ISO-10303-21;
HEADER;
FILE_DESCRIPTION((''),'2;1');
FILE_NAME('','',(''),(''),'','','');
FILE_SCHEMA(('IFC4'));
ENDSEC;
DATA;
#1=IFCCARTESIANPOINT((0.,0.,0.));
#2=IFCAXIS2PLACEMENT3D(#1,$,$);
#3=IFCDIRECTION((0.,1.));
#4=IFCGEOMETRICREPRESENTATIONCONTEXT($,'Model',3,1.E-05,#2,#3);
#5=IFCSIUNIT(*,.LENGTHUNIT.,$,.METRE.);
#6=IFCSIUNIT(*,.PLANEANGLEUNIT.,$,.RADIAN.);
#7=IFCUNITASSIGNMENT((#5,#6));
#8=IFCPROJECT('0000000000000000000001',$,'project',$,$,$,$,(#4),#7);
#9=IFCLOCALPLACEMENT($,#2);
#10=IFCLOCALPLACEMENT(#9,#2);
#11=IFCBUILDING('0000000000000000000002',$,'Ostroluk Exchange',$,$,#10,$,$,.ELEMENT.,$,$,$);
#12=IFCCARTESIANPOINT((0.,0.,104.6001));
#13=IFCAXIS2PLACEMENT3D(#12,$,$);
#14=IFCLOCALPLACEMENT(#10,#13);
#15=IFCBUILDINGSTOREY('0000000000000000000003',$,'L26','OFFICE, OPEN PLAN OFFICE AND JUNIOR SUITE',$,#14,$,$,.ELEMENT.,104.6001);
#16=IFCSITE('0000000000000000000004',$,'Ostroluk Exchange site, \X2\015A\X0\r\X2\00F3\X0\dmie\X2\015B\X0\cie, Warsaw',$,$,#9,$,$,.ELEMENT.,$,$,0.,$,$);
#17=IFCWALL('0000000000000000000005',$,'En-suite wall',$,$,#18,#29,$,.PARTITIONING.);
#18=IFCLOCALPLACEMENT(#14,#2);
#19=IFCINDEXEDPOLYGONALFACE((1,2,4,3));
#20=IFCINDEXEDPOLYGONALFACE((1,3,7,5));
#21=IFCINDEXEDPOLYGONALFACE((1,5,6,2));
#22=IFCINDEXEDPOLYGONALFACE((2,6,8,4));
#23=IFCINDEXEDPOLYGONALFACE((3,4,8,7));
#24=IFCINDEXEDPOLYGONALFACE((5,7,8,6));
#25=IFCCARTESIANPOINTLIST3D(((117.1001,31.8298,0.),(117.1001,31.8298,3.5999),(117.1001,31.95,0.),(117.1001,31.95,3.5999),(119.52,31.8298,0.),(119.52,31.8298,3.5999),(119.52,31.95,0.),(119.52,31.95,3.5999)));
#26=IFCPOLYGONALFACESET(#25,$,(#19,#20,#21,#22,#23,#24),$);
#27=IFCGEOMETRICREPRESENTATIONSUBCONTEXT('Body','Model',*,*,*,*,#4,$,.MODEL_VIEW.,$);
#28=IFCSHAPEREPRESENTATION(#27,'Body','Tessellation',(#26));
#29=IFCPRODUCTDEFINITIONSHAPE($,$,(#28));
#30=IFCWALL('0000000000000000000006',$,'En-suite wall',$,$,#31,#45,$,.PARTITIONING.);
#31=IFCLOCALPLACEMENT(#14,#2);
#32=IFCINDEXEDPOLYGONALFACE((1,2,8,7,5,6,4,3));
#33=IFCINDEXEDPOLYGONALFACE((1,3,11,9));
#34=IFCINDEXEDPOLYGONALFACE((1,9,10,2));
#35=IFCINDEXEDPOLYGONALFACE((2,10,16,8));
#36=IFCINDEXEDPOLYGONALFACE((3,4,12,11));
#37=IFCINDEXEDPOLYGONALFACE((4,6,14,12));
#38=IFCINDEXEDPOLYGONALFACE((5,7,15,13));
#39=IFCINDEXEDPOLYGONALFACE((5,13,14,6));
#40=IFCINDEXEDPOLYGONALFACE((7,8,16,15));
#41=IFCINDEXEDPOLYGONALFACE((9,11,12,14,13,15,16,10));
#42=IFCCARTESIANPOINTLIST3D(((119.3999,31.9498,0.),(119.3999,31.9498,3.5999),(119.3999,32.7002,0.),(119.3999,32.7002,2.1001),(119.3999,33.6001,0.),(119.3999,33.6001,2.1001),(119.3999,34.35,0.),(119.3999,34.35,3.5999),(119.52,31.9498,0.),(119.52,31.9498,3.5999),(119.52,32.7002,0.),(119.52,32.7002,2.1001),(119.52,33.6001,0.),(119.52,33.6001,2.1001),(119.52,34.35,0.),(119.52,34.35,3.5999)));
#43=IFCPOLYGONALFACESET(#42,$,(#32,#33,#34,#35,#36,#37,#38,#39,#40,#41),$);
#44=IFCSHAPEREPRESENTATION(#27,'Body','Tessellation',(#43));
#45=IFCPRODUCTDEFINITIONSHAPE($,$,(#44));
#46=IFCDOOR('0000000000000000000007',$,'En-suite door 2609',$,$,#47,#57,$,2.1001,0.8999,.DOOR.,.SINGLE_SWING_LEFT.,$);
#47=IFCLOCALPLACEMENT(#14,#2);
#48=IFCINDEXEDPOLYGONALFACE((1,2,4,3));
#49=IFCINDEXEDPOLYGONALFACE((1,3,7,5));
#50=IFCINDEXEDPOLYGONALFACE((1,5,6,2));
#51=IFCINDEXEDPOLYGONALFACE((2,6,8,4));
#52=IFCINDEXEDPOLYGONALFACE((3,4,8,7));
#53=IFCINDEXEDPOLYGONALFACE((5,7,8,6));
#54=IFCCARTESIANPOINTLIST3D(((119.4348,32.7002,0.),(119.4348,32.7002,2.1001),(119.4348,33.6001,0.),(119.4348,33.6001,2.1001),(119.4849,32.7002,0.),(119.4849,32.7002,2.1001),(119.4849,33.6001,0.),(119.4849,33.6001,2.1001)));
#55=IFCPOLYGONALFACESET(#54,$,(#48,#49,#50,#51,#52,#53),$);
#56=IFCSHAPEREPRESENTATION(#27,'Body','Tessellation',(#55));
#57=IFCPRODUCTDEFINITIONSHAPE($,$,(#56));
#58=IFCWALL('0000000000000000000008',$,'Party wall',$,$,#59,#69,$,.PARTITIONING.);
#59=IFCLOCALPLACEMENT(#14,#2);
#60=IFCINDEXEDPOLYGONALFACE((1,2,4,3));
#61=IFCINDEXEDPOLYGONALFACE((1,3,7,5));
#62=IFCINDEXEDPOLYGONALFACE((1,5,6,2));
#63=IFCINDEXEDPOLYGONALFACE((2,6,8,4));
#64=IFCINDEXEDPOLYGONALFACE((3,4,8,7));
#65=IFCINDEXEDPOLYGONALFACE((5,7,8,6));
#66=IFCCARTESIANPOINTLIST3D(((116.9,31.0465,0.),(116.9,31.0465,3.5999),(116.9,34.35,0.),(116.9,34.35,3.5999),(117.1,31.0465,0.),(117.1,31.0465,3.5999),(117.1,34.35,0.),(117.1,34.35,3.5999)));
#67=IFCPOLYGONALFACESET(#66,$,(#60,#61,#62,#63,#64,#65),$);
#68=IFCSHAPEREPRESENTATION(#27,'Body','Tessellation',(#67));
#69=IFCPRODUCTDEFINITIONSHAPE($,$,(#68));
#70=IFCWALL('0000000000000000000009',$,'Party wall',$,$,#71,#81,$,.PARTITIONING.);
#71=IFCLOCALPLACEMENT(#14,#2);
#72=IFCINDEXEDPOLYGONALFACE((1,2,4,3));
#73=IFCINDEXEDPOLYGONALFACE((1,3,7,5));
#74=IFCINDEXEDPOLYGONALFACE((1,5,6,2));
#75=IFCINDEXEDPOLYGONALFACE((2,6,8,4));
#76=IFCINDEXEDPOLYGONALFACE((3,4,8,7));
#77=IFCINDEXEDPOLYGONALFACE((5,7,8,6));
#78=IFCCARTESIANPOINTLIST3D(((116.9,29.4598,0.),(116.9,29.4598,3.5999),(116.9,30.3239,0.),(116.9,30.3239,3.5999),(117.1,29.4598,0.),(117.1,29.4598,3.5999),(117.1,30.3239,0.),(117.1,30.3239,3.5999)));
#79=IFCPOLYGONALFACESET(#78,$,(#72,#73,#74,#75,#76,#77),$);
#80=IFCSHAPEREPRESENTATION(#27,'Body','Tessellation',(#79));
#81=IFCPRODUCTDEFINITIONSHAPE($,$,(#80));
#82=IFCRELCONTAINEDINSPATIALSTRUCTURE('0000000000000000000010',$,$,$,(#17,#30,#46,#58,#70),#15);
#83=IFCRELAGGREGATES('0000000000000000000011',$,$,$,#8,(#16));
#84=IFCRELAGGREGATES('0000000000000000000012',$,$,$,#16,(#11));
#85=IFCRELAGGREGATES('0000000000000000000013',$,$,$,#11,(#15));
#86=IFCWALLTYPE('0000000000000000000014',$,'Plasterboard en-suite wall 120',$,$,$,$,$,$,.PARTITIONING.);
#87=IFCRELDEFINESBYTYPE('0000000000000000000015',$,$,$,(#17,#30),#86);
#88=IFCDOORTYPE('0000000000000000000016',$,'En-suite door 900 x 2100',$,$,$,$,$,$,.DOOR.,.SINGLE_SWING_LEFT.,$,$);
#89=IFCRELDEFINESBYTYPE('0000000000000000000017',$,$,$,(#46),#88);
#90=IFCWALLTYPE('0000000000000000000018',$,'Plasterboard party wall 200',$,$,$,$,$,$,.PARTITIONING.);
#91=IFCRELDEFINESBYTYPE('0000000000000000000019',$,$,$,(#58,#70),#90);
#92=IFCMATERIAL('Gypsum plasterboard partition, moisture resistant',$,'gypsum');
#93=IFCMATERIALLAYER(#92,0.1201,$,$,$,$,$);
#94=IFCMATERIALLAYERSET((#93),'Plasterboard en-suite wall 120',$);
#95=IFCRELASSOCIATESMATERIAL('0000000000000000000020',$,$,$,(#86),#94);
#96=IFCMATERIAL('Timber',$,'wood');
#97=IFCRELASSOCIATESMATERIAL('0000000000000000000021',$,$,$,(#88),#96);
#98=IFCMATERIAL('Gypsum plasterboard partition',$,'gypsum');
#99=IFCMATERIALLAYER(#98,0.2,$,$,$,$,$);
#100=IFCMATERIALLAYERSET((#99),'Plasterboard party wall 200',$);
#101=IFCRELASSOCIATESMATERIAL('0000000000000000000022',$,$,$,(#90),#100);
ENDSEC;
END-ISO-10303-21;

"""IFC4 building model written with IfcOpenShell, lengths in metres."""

from ifc_helpers import new_model, si_unit, direction, frame, frame_2d, origin, place, context, subcontext, project, spatial, rectangle, extrude, material, layer, layer_set, type_object, element, fill, save


model = new_model("IFC4")

# Units and contexts
model_context = context("Model", 3, precision=1e-05, world=origin(), true_north=direction((0.0, 1.0)))
body_context = subcontext(model_context, "Body", "Model", "MODEL_VIEW")
ifc_project = project(units=[si_unit("LENGTHUNIT", "METRE"), si_unit("PLANEANGLEUNIT", "RADIAN")], contexts=[model_context])

# Site, building, storey
site_placement = place(None, origin())
site = spatial("IfcSite", under=ifc_project, at=site_placement, Name="Ostroluk Exchange site, Śródmieście, Warsaw", CompositionType="ELEMENT", RefElevation=0.0)
building_placement = place(site_placement, origin())
building = spatial("IfcBuilding", under=site, at=building_placement, Name="Ostroluk Exchange", CompositionType="ELEMENT")
storey_placement = place(building_placement, frame((0.0, 0.0, 104.6001)))
storey = spatial("IfcBuildingStorey", under=building, at=storey_placement, Name="L26", Description="OFFICE, OPEN PLAN OFFICE AND JUNIOR SUITE", CompositionType="ELEMENT", Elevation=104.6001)

# Wall
ifc_material_1 = material(Name="Gypsum plasterboard partition, moisture resistant", Category="gypsum")
ifc_layer_1 = layer(ifc_material_1, 0.1201)
ifc_layer_set_1 = layer_set([ifc_layer_1], Name="Plasterboard en-suite wall 120")
wall_type_1 = type_object("IfcWallType", Name="Plasterboard en-suite wall 120", PredefinedType="PARTITIONING", material=ifc_layer_set_1)
wall_1_placement = place(storey_placement, frame((117.1001, 31.8899, 0.0), z_axis=(0.0, 0.0, 1.0), x_axis=(1.0, 0.0, 0.0)))
element("IfcWall", 1, at=wall_1_placement, inside=storey, type_object=wall_type_1, Name="En-suite wall", PredefinedType="PARTITIONING", context=body_context, shape_type="SweptSolid", body=[
    extrude(rectangle(XDim=2.4199, YDim=0.1201, at=frame_2d((1.21, 0.0))), origin(), (0.0, 0.0, 1.0), 3.5999),
])

# Wall, opening, door
wall_2_placement = place(storey_placement, frame((119.46, 34.3501, 0.0), z_axis=(0.0, 0.0, 1.0), x_axis=(0.0, -1.0, 0.0)))
wall_2 = element("IfcWall", 2, at=wall_2_placement, inside=storey, type_object=wall_type_1, Name="En-suite wall", PredefinedType="PARTITIONING", context=body_context, shape_type="SweptSolid", body=[
    extrude(rectangle(XDim=2.4001, YDim=0.1201, at=frame_2d((1.2002, 0.0))), origin(), (0.0, 0.0, 1.0), 3.5999),
])
opening_placement = place(wall_2_placement, frame((0.75, 0.0, 0.0)))
opening = element("IfcOpeningElement", 3, at=opening_placement, cuts=wall_2, PredefinedType="OPENING", context=body_context, shape_type="SweptSolid", body=[
    extrude(rectangle(XDim=0.8999, YDim=2.1001, at=frame_2d((0.45, 1.05))), frame((0.0, 0.0701, 0.0), z_axis=(0.0, -1.0, 0.0), x_axis=(1.0, 0.0, 0.0)), (0.0, 0.0, 1.0), 0.1401),
])
ifc_material_2 = material(Name="Timber", Category="wood")
door_type = type_object("IfcDoorType", Name="En-suite door 900 x 2100", OperationType="SINGLE_SWING_LEFT", PredefinedType="DOOR", material=ifc_material_2)
door_placement = place(opening_placement, origin())
door = element("IfcDoor", 4, at=door_placement, inside=storey, type_object=door_type, Name="En-suite door 2609", OperationType="SINGLE_SWING_LEFT", OverallHeight=2.1001, OverallWidth=0.8999, PredefinedType="DOOR", context=body_context, shape_type="SweptSolid", body=[
    extrude(rectangle(XDim=0.8999, YDim=2.1001, at=frame_2d((0.45, 1.05))), frame((0.0, 0.0249, 0.0), z_axis=(0.0, -1.0, 0.0), x_axis=(1.0, 0.0, 0.0)), (0.0, 0.0, 1.0), 0.05),
])
fill(opening, door)

# Walls
ifc_material_3 = material(Name="Gypsum plasterboard partition", Category="gypsum")
ifc_layer_2 = layer(ifc_material_3, 0.2)
ifc_layer_set_2 = layer_set([ifc_layer_2], Name="Plasterboard party wall 200")
wall_type_2 = type_object("IfcWallType", Name="Plasterboard party wall 200", PredefinedType="PARTITIONING", material=ifc_layer_set_2)
wall_3_placement = place(storey_placement, frame((117.0, 34.3501, 0.0), z_axis=(0.0, 0.0, 1.0), x_axis=(0.0, -1.0, 0.0)))
element("IfcWall", 5, at=wall_3_placement, inside=storey, type_object=wall_type_2, Name="Party wall", PredefinedType="PARTITIONING", context=body_context, shape_type="SweptSolid", body=[
    extrude(rectangle(XDim=3.3035, YDim=0.2, at=frame_2d((1.6519, 0.0))), origin(), (0.0, 0.0, 1.0), 3.5999),
])
wall_4_placement = place(storey_placement, frame((117.0, 30.324, 0.0), z_axis=(0.0, 0.0, 1.0), x_axis=(0.0, -1.0, 0.0)))
element("IfcWall", 6, at=wall_4_placement, inside=storey, type_object=wall_type_2, Name="Party wall", PredefinedType="PARTITIONING", context=body_context, shape_type="SweptSolid", body=[
    extrude(rectangle(XDim=0.864, YDim=0.2, at=frame_2d((0.4321, 0.0))), origin(), (0.0, 0.0, 1.0), 3.5999),
])

save(model, "model.ifc")
